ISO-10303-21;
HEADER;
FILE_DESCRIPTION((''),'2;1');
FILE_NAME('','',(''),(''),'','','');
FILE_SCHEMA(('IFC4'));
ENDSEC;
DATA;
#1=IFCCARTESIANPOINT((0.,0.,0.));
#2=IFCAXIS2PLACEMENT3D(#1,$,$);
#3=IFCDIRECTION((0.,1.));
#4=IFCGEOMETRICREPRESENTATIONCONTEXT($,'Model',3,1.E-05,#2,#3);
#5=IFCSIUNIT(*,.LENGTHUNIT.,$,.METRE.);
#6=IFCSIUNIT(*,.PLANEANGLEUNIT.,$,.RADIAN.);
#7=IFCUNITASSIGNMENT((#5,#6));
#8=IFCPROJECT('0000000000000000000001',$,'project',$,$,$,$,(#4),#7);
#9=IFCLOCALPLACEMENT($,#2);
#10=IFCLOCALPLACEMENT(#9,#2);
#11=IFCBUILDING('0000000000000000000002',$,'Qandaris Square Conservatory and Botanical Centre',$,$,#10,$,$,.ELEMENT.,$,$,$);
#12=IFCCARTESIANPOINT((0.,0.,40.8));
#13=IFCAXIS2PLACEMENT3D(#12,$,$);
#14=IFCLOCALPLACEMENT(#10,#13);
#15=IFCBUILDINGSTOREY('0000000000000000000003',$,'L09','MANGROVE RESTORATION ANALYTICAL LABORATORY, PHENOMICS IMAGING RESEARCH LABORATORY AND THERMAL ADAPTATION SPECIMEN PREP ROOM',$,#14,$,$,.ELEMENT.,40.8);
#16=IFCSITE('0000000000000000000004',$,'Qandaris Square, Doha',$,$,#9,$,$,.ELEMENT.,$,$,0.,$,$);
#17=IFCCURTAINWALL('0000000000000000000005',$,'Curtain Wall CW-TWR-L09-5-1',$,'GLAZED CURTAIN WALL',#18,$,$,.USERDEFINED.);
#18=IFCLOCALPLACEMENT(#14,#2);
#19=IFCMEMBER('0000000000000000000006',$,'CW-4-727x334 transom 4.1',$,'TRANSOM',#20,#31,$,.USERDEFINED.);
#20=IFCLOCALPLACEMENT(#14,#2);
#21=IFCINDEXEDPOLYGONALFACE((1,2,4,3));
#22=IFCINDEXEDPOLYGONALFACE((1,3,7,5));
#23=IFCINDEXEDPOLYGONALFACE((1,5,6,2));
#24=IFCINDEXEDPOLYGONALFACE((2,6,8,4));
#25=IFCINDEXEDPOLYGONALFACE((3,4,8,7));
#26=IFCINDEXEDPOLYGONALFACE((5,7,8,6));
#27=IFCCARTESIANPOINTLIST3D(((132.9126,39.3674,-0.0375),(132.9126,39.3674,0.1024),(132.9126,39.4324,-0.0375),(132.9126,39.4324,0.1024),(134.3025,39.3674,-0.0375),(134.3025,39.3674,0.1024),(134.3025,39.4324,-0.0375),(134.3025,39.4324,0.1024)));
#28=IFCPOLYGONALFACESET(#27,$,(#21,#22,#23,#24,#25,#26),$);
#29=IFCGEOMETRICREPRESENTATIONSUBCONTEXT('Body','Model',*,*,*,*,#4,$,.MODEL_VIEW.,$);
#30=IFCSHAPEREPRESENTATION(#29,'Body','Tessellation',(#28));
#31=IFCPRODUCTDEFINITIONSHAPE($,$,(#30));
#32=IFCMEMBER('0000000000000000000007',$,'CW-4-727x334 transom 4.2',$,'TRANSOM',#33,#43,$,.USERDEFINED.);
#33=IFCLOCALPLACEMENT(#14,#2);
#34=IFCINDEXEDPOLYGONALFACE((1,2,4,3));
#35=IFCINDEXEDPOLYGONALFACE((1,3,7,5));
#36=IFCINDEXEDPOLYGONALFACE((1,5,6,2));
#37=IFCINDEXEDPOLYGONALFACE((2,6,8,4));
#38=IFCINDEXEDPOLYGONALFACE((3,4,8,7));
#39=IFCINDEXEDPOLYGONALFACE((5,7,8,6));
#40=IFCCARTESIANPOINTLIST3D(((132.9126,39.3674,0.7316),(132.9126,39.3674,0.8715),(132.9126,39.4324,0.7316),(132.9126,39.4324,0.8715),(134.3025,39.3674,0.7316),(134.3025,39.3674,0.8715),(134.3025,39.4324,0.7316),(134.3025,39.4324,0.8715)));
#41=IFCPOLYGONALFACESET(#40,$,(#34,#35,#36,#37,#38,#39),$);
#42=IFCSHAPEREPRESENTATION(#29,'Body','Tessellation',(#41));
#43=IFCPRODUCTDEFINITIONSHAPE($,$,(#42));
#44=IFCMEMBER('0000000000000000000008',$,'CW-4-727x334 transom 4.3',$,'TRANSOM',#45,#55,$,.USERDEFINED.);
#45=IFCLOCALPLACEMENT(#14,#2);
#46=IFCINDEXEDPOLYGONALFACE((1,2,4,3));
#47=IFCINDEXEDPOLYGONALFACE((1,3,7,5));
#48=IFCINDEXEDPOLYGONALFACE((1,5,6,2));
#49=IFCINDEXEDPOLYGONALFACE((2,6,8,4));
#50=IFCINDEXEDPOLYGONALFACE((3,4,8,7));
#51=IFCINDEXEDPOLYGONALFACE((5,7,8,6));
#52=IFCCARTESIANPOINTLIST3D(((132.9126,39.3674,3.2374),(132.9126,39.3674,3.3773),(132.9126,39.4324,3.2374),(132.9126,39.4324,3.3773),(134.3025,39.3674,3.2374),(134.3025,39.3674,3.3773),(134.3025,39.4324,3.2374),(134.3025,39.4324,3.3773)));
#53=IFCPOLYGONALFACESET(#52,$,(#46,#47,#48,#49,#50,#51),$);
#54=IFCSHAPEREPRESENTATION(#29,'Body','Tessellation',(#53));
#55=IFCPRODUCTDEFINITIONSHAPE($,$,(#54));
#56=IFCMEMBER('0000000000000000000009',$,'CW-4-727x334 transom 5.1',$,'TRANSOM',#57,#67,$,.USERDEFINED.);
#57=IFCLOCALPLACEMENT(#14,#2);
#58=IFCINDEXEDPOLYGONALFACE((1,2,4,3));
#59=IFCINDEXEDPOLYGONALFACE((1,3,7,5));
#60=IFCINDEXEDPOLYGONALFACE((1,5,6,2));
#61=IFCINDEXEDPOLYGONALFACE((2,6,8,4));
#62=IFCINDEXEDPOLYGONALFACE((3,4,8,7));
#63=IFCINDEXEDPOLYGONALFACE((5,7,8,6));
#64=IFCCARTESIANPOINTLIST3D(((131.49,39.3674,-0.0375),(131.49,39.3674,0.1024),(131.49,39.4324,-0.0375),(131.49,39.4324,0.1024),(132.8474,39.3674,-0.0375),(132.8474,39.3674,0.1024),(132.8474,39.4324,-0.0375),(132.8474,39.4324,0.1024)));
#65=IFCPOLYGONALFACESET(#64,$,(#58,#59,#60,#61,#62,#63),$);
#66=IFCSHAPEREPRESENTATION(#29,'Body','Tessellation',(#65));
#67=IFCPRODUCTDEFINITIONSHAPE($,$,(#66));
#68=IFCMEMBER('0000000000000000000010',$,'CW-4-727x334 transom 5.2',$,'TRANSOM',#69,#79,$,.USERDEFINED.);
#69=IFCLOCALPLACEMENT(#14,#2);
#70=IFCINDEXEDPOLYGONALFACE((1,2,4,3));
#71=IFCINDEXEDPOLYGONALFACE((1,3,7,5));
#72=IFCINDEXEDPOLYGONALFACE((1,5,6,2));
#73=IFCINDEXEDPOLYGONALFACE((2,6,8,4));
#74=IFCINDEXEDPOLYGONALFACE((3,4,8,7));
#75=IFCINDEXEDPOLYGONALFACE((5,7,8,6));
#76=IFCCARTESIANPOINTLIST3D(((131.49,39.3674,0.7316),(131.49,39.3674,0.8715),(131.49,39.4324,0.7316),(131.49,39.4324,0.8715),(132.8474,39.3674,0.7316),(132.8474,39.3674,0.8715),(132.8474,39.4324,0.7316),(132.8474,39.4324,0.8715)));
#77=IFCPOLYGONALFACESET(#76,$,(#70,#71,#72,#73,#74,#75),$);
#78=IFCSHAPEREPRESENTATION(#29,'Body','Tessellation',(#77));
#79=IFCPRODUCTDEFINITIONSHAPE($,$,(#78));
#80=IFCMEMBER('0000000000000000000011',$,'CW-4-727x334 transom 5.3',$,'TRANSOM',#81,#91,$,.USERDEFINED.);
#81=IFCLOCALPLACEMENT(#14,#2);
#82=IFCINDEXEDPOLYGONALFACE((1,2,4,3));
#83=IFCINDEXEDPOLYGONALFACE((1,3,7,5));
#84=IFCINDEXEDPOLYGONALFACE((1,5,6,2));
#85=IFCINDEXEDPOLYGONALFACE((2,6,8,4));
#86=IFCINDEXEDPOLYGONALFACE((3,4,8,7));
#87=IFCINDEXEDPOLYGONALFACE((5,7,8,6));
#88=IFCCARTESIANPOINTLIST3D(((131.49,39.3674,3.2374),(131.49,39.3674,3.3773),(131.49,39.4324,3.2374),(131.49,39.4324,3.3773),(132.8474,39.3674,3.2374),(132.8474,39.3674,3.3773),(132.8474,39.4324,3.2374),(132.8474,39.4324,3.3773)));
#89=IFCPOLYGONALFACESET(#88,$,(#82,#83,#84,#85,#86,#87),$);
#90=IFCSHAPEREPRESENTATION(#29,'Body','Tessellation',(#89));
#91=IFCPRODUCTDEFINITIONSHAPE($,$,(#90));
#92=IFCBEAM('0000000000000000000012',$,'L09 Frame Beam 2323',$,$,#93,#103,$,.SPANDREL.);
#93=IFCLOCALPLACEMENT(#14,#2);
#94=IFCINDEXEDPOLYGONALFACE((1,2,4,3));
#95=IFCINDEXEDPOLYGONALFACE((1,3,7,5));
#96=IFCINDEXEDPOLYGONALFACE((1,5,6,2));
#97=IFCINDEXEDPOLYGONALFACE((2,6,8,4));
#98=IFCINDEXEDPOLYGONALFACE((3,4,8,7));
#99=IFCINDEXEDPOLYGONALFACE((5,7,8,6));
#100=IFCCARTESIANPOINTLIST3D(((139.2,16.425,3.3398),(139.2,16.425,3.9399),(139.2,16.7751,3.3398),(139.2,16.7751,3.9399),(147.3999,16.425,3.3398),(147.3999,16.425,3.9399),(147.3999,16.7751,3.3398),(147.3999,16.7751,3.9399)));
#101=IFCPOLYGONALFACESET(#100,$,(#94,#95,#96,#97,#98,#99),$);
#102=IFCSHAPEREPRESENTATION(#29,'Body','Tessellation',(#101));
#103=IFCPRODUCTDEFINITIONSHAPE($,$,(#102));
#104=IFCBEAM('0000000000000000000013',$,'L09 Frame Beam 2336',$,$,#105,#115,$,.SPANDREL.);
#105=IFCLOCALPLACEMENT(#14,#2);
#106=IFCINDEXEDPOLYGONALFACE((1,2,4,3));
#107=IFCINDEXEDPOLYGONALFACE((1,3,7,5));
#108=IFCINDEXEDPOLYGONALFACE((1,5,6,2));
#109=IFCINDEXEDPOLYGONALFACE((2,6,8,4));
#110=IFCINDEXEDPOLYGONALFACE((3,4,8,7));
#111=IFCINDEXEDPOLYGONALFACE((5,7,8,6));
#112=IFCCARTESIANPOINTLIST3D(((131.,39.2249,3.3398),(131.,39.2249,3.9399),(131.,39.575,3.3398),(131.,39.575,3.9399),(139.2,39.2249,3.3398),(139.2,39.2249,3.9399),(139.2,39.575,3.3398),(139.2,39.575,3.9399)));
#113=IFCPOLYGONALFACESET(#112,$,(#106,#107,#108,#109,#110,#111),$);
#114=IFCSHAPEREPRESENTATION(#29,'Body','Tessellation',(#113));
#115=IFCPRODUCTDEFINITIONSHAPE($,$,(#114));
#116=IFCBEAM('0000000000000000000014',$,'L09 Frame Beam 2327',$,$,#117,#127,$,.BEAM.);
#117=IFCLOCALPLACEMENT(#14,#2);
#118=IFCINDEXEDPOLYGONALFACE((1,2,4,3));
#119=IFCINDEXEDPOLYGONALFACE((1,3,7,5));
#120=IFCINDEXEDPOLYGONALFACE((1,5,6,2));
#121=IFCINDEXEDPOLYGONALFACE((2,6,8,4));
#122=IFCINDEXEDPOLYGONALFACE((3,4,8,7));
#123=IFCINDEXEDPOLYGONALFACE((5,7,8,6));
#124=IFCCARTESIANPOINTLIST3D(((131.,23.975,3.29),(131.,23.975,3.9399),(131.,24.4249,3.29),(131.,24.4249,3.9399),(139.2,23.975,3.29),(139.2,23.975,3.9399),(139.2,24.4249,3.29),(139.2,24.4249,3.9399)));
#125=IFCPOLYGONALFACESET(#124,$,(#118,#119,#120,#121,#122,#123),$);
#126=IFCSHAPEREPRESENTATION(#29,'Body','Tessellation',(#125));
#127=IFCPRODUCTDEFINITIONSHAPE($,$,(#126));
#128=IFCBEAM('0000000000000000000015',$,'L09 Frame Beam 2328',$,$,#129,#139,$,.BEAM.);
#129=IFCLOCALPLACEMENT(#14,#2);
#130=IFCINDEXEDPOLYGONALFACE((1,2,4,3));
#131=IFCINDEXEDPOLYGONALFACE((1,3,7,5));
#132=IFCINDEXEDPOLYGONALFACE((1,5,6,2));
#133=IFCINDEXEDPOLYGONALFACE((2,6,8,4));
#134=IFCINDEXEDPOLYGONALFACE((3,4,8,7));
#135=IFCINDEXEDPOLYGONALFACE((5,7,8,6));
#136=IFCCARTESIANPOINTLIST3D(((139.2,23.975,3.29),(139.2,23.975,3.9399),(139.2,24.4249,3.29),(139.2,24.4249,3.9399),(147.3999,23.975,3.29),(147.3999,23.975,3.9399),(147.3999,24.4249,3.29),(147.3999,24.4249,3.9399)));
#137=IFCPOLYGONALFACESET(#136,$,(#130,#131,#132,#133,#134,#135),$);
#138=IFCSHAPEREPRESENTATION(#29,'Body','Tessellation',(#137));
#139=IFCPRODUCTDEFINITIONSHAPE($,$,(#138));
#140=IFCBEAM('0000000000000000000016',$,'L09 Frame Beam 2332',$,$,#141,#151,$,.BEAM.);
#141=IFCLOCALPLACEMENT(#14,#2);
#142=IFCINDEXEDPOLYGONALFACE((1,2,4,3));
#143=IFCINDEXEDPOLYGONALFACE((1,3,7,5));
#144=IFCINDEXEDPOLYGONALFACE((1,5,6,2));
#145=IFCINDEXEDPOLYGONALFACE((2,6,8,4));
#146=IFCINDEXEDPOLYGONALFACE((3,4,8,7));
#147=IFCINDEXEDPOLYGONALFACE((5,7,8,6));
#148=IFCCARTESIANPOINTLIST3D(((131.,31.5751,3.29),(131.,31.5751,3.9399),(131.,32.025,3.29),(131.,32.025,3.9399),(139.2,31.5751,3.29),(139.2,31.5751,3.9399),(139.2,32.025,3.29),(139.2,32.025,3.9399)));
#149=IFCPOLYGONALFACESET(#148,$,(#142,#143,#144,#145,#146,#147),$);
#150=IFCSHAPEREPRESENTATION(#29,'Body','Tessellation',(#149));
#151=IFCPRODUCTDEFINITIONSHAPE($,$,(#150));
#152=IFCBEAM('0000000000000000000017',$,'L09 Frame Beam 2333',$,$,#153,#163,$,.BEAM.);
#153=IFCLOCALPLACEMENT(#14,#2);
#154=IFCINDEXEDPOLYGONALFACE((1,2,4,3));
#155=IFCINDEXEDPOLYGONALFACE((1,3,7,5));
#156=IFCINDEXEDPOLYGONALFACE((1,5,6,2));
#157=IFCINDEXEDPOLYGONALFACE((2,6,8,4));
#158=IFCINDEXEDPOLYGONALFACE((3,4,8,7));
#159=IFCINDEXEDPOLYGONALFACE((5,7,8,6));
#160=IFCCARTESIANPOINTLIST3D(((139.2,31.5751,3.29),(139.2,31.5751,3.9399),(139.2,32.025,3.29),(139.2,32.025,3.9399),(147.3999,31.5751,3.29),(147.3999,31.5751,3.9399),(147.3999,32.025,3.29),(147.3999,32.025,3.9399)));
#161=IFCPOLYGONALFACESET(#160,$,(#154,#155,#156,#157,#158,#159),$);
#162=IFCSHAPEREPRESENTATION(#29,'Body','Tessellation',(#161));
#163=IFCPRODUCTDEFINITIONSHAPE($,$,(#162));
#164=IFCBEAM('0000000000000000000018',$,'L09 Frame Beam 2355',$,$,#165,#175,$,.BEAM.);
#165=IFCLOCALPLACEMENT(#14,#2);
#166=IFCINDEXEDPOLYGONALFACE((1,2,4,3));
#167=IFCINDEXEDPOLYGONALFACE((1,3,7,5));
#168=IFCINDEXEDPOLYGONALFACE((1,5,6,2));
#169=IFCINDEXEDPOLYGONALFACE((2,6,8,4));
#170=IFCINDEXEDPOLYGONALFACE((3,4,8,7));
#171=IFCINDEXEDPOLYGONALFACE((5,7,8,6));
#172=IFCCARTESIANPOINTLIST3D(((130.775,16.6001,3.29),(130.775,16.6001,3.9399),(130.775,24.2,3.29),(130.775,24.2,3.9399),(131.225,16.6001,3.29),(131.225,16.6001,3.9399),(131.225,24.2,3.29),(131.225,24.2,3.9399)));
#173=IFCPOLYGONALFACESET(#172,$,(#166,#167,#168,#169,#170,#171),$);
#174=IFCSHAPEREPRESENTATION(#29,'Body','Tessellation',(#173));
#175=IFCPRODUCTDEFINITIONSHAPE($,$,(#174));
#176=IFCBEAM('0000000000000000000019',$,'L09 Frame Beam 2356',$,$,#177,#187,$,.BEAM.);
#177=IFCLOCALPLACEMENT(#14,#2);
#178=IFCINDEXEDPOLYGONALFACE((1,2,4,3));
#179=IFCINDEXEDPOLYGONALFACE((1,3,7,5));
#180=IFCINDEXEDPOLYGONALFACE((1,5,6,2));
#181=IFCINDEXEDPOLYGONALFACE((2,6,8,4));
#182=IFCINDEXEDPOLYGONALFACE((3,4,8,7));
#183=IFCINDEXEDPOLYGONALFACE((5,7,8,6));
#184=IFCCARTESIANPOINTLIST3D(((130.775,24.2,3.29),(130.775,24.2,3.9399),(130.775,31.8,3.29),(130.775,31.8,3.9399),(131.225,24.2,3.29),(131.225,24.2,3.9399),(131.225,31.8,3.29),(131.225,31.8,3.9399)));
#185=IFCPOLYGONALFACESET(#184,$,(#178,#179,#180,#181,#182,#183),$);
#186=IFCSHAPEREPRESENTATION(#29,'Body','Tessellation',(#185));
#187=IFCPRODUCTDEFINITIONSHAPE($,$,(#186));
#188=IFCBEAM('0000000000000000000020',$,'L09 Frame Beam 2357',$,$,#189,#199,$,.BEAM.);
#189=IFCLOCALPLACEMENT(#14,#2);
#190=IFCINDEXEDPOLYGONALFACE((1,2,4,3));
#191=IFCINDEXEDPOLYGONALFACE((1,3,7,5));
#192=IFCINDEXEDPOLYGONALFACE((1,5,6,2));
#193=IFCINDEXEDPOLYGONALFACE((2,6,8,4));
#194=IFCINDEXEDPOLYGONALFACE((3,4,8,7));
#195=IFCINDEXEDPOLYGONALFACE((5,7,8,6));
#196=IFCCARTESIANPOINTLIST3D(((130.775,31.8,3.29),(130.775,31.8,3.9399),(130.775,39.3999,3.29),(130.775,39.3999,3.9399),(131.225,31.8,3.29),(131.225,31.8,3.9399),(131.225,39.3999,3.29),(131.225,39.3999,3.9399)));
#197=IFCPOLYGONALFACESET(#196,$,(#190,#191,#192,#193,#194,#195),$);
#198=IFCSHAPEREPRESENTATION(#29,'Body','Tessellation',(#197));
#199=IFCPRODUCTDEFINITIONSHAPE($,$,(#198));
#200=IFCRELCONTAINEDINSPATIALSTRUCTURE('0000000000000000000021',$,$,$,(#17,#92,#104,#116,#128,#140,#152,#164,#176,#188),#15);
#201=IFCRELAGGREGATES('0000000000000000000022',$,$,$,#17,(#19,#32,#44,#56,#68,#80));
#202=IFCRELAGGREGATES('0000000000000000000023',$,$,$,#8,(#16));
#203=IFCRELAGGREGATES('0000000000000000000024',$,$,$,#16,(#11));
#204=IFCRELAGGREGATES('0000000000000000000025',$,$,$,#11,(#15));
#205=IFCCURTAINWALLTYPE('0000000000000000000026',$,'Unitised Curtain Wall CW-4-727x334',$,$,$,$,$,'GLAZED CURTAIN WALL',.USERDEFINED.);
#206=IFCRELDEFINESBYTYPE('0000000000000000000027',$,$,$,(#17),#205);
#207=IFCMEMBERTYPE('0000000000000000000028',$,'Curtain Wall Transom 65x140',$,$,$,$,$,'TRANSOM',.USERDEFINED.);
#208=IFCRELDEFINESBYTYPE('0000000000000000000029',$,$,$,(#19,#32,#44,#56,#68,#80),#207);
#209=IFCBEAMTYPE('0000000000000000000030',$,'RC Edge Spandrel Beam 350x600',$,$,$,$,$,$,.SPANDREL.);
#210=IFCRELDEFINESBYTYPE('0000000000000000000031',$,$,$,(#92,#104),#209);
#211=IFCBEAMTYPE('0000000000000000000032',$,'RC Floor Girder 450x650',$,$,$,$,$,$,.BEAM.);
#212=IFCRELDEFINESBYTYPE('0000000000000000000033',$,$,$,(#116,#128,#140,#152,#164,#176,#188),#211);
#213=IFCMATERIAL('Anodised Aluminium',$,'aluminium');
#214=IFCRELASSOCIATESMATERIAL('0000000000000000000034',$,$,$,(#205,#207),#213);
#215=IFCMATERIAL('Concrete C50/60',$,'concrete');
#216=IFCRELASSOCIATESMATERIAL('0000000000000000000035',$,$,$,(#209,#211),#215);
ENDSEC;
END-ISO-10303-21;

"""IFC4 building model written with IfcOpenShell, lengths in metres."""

from ifc_helpers import new_model, si_unit, direction, frame, origin, origin_2d, place, context, subcontext, project, spatial, rectangle, extrude, material, material_profile, profile_set, type_object, element, aggregate, save


model = new_model("IFC4")

# Units and contexts
model_context = context("Model", 3, precision=1e-05, world=origin(), true_north=direction((0.0, 1.0)))
body_context = subcontext(model_context, "Body", "Model", "MODEL_VIEW")
ifc_project = project(units=[si_unit("LENGTHUNIT", "METRE"), si_unit("PLANEANGLEUNIT", "RADIAN")], contexts=[model_context])

# Site, building, storey
site_placement = place(None, origin())
site = spatial("IfcSite", under=ifc_project, at=site_placement, Name="Qandaris Square, Doha", CompositionType="ELEMENT", RefElevation=0.0)
building_placement = place(site_placement, origin())
building = spatial("IfcBuilding", under=site, at=building_placement, Name="Qandaris Square Conservatory and Botanical Centre", CompositionType="ELEMENT")
storey_placement = place(building_placement, frame((0.0, 0.0, 40.8)))
storey = spatial("IfcBuildingStorey", under=building, at=storey_placement, Name="L09", Description="MANGROVE RESTORATION ANALYTICAL LABORATORY, PHENOMICS IMAGING RESEARCH LABORATORY AND THERMAL ADAPTATION SPECIMEN PREP ROOM", CompositionType="ELEMENT", Elevation=40.8)

# Shared definitions
ifc_material_1 = material(Name="Concrete C50/60", Category="concrete")

# Curtain wall, members
ifc_material_2 = material(Name="Anodised Aluminium", Category="aluminium")
curtain_wall_type = type_object("IfcCurtainWallType", Name="Unitised Curtain Wall CW-4-727x334", ElementType="GLAZED CURTAIN WALL", PredefinedType="USERDEFINED", material=ifc_material_2)
curtain_wall_placement = place(storey_placement, origin())
curtain_wall = element("IfcCurtainWall", 1, at=curtain_wall_placement, inside=storey, type_object=curtain_wall_type, Name="Curtain Wall CW-TWR-L09-5-1", ObjectType="GLAZED CURTAIN WALL", PredefinedType="USERDEFINED")
ifc_material_profile_1 = material_profile(ifc_material_2, rectangle(XDim=0.0649, YDim=0.1399, at=origin_2d()), Name="ALU-TRN 65x140")
ifc_profile_set_1 = profile_set([ifc_material_profile_1], Name="Anodised Aluminium")
member_type_1 = type_object("IfcMemberType", Name="Curtain Wall Transom 65x140", ElementType="TRANSOM", PredefinedType="USERDEFINED", material=ifc_profile_set_1)
member_1_placement = place(storey_placement, frame((134.3025, 39.3999, 0.0325), z_axis=(-1.0, 0.0, 0.0), x_axis=(0.0, -1.0, 0.0)))
member_1 = element("IfcMember", 2, at=member_1_placement, type_object=member_type_1, Name="CW-4-727x334 transom 4.1", ObjectType="TRANSOM", PredefinedType="USERDEFINED", context=body_context, shape_type="SweptSolid", body=[
    extrude(rectangle(XDim=0.0649, YDim=0.1399, at=origin_2d()), origin(), (0.0, 0.0, 1.0), 1.3899),
])
member_2_placement = place(storey_placement, frame((134.3025, 39.3999, 0.8015), z_axis=(-1.0, 0.0, 0.0), x_axis=(0.0, -1.0, 0.0)))
member_2 = element("IfcMember", 3, at=member_2_placement, type_object=member_type_1, Name="CW-4-727x334 transom 4.2", ObjectType="TRANSOM", PredefinedType="USERDEFINED", context=body_context, shape_type="SweptSolid", body=[
    extrude(rectangle(XDim=0.0649, YDim=0.1399, at=origin_2d()), origin(), (0.0, 0.0, 1.0), 1.3899),
])
member_3_placement = place(storey_placement, frame((134.3025, 39.3999, 3.3074), z_axis=(-1.0, 0.0, 0.0), x_axis=(0.0, -1.0, 0.0)))
member_3 = element("IfcMember", 4, at=member_3_placement, type_object=member_type_1, Name="CW-4-727x334 transom 4.3", ObjectType="TRANSOM", PredefinedType="USERDEFINED", context=body_context, shape_type="SweptSolid", body=[
    extrude(rectangle(XDim=0.0649, YDim=0.1399, at=origin_2d()), origin(), (0.0, 0.0, 1.0), 1.3899),
])
member_4_placement = place(storey_placement, frame((132.8474, 39.3999, 0.0325), z_axis=(-1.0, 0.0, 0.0), x_axis=(0.0, -1.0, 0.0)))
member_4 = element("IfcMember", 5, at=member_4_placement, type_object=member_type_1, Name="CW-4-727x334 transom 5.1", ObjectType="TRANSOM", PredefinedType="USERDEFINED", context=body_context, shape_type="SweptSolid", body=[
    extrude(rectangle(XDim=0.0649, YDim=0.1399, at=origin_2d()), origin(), (0.0, 0.0, 1.0), 1.3574),
])
member_5_placement = place(storey_placement, frame((132.8474, 39.3999, 0.8015), z_axis=(-1.0, 0.0, 0.0), x_axis=(0.0, -1.0, 0.0)))
member_5 = element("IfcMember", 6, at=member_5_placement, type_object=member_type_1, Name="CW-4-727x334 transom 5.2", ObjectType="TRANSOM", PredefinedType="USERDEFINED", context=body_context, shape_type="SweptSolid", body=[
    extrude(rectangle(XDim=0.0649, YDim=0.1399, at=origin_2d()), origin(), (0.0, 0.0, 1.0), 1.3574),
])
member_6_placement = place(storey_placement, frame((132.8474, 39.3999, 3.3074), z_axis=(-1.0, 0.0, 0.0), x_axis=(0.0, -1.0, 0.0)))
member_6 = element("IfcMember", 7, at=member_6_placement, type_object=member_type_1, Name="CW-4-727x334 transom 5.3", ObjectType="TRANSOM", PredefinedType="USERDEFINED", context=body_context, shape_type="SweptSolid", body=[
    extrude(rectangle(XDim=0.0649, YDim=0.1399, at=origin_2d()), origin(), (0.0, 0.0, 1.0), 1.3574),
])

# Beams
ifc_material_profile_2 = material_profile(ifc_material_1, rectangle(XDim=0.3501, YDim=0.6001, at=origin_2d()), Name="RC-SP 350x600")
ifc_profile_set_2 = profile_set([ifc_material_profile_2], Name="Concrete C50/60")
beam_type_1 = type_object("IfcBeamType", Name="RC Edge Spandrel Beam 350x600", PredefinedType="SPANDREL", material=ifc_profile_set_2)
for number, where, z_axis, x_axis, name in (
    (8, (139.2, 16.6001, 3.6399), (1.0, 0.0, 0.0), (0.0, 1.0, 0.0), "L09 Frame Beam 2323"),
    (9, (131.0, 39.3999, 3.6399), (1.0, 0.0, 0.0), (0.0, 1.0, 0.0), "L09 Frame Beam 2336"),
):
    element("IfcBeam", number, at=place(storey_placement, frame(where, z_axis=z_axis, x_axis=x_axis)), inside=storey, type_object=beam_type_1, Name=name, PredefinedType="SPANDREL", context=body_context, shape_type="SweptSolid", body=[
        extrude(rectangle(XDim=0.3501, YDim=0.6001, at=origin_2d()), origin(), (0.0, 0.0, 1.0), 8.2),
    ])
ifc_material_profile_3 = material_profile(ifc_material_1, rectangle(XDim=0.45, YDim=0.6499, at=origin_2d()), Name="RC-BM 450x650")
ifc_profile_set_3 = profile_set([ifc_material_profile_3], Name="Concrete C50/60")
beam_type_2 = type_object("IfcBeamType", Name="RC Floor Girder 450x650", PredefinedType="BEAM", material=ifc_profile_set_3)
for number, where, z_axis, x_axis, name in (
    (10, (131.0, 24.2, 3.615), (1.0, 0.0, 0.0), (0.0, 1.0, 0.0), "L09 Frame Beam 2327"),
    (11, (139.2, 24.2, 3.615), (1.0, 0.0, 0.0), (0.0, 1.0, 0.0), "L09 Frame Beam 2328"),
    (12, (131.0, 31.8, 3.615), (1.0, 0.0, 0.0), (0.0, 1.0, 0.0), "L09 Frame Beam 2332"),
    (13, (139.2, 31.8, 3.615), (1.0, 0.0, 0.0), (0.0, 1.0, 0.0), "L09 Frame Beam 2333"),
):
    element("IfcBeam", number, at=place(storey_placement, frame(where, z_axis=z_axis, x_axis=x_axis)), inside=storey, type_object=beam_type_2, Name=name, PredefinedType="BEAM", context=body_context, shape_type="SweptSolid", body=[
        extrude(rectangle(XDim=0.45, YDim=0.6499, at=origin_2d()), origin(), (0.0, 0.0, 1.0), 8.2),
    ])
beam_1_placement = place(storey_placement, frame((131.0, 16.6001, 3.615), z_axis=(0.0, 1.0, 0.0), x_axis=(-1.0, 0.0, 0.0)))
element("IfcBeam", 14, at=beam_1_placement, inside=storey, type_object=beam_type_2, Name="L09 Frame Beam 2355", PredefinedType="BEAM", context=body_context, shape_type="SweptSolid", body=[
    extrude(rectangle(XDim=0.45, YDim=0.6499, at=origin_2d()), origin(), (0.0, 0.0, 1.0), 7.5999),
])
beam_2_placement = place(storey_placement, frame((131.0, 24.2, 3.615), z_axis=(0.0, 1.0, 0.0), x_axis=(-1.0, 0.0, 0.0)))
element("IfcBeam", 15, at=beam_2_placement, inside=storey, type_object=beam_type_2, Name="L09 Frame Beam 2356", PredefinedType="BEAM", context=body_context, shape_type="SweptSolid", body=[
    extrude(rectangle(XDim=0.45, YDim=0.6499, at=origin_2d()), origin(), (0.0, 0.0, 1.0), 7.6001),
])
beam_3_placement = place(storey_placement, frame((131.0, 31.8, 3.615), z_axis=(0.0, 1.0, 0.0), x_axis=(-1.0, 0.0, 0.0)))
element("IfcBeam", 16, at=beam_3_placement, inside=storey, type_object=beam_type_2, Name="L09 Frame Beam 2357", PredefinedType="BEAM", context=body_context, shape_type="SweptSolid", body=[
    extrude(rectangle(XDim=0.45, YDim=0.6499, at=origin_2d()), origin(), (0.0, 0.0, 1.0), 7.5999),
])

aggregate(curtain_wall, [member_1, member_2, member_3, member_4, member_5, member_6])

save(model, "model.ifc")
